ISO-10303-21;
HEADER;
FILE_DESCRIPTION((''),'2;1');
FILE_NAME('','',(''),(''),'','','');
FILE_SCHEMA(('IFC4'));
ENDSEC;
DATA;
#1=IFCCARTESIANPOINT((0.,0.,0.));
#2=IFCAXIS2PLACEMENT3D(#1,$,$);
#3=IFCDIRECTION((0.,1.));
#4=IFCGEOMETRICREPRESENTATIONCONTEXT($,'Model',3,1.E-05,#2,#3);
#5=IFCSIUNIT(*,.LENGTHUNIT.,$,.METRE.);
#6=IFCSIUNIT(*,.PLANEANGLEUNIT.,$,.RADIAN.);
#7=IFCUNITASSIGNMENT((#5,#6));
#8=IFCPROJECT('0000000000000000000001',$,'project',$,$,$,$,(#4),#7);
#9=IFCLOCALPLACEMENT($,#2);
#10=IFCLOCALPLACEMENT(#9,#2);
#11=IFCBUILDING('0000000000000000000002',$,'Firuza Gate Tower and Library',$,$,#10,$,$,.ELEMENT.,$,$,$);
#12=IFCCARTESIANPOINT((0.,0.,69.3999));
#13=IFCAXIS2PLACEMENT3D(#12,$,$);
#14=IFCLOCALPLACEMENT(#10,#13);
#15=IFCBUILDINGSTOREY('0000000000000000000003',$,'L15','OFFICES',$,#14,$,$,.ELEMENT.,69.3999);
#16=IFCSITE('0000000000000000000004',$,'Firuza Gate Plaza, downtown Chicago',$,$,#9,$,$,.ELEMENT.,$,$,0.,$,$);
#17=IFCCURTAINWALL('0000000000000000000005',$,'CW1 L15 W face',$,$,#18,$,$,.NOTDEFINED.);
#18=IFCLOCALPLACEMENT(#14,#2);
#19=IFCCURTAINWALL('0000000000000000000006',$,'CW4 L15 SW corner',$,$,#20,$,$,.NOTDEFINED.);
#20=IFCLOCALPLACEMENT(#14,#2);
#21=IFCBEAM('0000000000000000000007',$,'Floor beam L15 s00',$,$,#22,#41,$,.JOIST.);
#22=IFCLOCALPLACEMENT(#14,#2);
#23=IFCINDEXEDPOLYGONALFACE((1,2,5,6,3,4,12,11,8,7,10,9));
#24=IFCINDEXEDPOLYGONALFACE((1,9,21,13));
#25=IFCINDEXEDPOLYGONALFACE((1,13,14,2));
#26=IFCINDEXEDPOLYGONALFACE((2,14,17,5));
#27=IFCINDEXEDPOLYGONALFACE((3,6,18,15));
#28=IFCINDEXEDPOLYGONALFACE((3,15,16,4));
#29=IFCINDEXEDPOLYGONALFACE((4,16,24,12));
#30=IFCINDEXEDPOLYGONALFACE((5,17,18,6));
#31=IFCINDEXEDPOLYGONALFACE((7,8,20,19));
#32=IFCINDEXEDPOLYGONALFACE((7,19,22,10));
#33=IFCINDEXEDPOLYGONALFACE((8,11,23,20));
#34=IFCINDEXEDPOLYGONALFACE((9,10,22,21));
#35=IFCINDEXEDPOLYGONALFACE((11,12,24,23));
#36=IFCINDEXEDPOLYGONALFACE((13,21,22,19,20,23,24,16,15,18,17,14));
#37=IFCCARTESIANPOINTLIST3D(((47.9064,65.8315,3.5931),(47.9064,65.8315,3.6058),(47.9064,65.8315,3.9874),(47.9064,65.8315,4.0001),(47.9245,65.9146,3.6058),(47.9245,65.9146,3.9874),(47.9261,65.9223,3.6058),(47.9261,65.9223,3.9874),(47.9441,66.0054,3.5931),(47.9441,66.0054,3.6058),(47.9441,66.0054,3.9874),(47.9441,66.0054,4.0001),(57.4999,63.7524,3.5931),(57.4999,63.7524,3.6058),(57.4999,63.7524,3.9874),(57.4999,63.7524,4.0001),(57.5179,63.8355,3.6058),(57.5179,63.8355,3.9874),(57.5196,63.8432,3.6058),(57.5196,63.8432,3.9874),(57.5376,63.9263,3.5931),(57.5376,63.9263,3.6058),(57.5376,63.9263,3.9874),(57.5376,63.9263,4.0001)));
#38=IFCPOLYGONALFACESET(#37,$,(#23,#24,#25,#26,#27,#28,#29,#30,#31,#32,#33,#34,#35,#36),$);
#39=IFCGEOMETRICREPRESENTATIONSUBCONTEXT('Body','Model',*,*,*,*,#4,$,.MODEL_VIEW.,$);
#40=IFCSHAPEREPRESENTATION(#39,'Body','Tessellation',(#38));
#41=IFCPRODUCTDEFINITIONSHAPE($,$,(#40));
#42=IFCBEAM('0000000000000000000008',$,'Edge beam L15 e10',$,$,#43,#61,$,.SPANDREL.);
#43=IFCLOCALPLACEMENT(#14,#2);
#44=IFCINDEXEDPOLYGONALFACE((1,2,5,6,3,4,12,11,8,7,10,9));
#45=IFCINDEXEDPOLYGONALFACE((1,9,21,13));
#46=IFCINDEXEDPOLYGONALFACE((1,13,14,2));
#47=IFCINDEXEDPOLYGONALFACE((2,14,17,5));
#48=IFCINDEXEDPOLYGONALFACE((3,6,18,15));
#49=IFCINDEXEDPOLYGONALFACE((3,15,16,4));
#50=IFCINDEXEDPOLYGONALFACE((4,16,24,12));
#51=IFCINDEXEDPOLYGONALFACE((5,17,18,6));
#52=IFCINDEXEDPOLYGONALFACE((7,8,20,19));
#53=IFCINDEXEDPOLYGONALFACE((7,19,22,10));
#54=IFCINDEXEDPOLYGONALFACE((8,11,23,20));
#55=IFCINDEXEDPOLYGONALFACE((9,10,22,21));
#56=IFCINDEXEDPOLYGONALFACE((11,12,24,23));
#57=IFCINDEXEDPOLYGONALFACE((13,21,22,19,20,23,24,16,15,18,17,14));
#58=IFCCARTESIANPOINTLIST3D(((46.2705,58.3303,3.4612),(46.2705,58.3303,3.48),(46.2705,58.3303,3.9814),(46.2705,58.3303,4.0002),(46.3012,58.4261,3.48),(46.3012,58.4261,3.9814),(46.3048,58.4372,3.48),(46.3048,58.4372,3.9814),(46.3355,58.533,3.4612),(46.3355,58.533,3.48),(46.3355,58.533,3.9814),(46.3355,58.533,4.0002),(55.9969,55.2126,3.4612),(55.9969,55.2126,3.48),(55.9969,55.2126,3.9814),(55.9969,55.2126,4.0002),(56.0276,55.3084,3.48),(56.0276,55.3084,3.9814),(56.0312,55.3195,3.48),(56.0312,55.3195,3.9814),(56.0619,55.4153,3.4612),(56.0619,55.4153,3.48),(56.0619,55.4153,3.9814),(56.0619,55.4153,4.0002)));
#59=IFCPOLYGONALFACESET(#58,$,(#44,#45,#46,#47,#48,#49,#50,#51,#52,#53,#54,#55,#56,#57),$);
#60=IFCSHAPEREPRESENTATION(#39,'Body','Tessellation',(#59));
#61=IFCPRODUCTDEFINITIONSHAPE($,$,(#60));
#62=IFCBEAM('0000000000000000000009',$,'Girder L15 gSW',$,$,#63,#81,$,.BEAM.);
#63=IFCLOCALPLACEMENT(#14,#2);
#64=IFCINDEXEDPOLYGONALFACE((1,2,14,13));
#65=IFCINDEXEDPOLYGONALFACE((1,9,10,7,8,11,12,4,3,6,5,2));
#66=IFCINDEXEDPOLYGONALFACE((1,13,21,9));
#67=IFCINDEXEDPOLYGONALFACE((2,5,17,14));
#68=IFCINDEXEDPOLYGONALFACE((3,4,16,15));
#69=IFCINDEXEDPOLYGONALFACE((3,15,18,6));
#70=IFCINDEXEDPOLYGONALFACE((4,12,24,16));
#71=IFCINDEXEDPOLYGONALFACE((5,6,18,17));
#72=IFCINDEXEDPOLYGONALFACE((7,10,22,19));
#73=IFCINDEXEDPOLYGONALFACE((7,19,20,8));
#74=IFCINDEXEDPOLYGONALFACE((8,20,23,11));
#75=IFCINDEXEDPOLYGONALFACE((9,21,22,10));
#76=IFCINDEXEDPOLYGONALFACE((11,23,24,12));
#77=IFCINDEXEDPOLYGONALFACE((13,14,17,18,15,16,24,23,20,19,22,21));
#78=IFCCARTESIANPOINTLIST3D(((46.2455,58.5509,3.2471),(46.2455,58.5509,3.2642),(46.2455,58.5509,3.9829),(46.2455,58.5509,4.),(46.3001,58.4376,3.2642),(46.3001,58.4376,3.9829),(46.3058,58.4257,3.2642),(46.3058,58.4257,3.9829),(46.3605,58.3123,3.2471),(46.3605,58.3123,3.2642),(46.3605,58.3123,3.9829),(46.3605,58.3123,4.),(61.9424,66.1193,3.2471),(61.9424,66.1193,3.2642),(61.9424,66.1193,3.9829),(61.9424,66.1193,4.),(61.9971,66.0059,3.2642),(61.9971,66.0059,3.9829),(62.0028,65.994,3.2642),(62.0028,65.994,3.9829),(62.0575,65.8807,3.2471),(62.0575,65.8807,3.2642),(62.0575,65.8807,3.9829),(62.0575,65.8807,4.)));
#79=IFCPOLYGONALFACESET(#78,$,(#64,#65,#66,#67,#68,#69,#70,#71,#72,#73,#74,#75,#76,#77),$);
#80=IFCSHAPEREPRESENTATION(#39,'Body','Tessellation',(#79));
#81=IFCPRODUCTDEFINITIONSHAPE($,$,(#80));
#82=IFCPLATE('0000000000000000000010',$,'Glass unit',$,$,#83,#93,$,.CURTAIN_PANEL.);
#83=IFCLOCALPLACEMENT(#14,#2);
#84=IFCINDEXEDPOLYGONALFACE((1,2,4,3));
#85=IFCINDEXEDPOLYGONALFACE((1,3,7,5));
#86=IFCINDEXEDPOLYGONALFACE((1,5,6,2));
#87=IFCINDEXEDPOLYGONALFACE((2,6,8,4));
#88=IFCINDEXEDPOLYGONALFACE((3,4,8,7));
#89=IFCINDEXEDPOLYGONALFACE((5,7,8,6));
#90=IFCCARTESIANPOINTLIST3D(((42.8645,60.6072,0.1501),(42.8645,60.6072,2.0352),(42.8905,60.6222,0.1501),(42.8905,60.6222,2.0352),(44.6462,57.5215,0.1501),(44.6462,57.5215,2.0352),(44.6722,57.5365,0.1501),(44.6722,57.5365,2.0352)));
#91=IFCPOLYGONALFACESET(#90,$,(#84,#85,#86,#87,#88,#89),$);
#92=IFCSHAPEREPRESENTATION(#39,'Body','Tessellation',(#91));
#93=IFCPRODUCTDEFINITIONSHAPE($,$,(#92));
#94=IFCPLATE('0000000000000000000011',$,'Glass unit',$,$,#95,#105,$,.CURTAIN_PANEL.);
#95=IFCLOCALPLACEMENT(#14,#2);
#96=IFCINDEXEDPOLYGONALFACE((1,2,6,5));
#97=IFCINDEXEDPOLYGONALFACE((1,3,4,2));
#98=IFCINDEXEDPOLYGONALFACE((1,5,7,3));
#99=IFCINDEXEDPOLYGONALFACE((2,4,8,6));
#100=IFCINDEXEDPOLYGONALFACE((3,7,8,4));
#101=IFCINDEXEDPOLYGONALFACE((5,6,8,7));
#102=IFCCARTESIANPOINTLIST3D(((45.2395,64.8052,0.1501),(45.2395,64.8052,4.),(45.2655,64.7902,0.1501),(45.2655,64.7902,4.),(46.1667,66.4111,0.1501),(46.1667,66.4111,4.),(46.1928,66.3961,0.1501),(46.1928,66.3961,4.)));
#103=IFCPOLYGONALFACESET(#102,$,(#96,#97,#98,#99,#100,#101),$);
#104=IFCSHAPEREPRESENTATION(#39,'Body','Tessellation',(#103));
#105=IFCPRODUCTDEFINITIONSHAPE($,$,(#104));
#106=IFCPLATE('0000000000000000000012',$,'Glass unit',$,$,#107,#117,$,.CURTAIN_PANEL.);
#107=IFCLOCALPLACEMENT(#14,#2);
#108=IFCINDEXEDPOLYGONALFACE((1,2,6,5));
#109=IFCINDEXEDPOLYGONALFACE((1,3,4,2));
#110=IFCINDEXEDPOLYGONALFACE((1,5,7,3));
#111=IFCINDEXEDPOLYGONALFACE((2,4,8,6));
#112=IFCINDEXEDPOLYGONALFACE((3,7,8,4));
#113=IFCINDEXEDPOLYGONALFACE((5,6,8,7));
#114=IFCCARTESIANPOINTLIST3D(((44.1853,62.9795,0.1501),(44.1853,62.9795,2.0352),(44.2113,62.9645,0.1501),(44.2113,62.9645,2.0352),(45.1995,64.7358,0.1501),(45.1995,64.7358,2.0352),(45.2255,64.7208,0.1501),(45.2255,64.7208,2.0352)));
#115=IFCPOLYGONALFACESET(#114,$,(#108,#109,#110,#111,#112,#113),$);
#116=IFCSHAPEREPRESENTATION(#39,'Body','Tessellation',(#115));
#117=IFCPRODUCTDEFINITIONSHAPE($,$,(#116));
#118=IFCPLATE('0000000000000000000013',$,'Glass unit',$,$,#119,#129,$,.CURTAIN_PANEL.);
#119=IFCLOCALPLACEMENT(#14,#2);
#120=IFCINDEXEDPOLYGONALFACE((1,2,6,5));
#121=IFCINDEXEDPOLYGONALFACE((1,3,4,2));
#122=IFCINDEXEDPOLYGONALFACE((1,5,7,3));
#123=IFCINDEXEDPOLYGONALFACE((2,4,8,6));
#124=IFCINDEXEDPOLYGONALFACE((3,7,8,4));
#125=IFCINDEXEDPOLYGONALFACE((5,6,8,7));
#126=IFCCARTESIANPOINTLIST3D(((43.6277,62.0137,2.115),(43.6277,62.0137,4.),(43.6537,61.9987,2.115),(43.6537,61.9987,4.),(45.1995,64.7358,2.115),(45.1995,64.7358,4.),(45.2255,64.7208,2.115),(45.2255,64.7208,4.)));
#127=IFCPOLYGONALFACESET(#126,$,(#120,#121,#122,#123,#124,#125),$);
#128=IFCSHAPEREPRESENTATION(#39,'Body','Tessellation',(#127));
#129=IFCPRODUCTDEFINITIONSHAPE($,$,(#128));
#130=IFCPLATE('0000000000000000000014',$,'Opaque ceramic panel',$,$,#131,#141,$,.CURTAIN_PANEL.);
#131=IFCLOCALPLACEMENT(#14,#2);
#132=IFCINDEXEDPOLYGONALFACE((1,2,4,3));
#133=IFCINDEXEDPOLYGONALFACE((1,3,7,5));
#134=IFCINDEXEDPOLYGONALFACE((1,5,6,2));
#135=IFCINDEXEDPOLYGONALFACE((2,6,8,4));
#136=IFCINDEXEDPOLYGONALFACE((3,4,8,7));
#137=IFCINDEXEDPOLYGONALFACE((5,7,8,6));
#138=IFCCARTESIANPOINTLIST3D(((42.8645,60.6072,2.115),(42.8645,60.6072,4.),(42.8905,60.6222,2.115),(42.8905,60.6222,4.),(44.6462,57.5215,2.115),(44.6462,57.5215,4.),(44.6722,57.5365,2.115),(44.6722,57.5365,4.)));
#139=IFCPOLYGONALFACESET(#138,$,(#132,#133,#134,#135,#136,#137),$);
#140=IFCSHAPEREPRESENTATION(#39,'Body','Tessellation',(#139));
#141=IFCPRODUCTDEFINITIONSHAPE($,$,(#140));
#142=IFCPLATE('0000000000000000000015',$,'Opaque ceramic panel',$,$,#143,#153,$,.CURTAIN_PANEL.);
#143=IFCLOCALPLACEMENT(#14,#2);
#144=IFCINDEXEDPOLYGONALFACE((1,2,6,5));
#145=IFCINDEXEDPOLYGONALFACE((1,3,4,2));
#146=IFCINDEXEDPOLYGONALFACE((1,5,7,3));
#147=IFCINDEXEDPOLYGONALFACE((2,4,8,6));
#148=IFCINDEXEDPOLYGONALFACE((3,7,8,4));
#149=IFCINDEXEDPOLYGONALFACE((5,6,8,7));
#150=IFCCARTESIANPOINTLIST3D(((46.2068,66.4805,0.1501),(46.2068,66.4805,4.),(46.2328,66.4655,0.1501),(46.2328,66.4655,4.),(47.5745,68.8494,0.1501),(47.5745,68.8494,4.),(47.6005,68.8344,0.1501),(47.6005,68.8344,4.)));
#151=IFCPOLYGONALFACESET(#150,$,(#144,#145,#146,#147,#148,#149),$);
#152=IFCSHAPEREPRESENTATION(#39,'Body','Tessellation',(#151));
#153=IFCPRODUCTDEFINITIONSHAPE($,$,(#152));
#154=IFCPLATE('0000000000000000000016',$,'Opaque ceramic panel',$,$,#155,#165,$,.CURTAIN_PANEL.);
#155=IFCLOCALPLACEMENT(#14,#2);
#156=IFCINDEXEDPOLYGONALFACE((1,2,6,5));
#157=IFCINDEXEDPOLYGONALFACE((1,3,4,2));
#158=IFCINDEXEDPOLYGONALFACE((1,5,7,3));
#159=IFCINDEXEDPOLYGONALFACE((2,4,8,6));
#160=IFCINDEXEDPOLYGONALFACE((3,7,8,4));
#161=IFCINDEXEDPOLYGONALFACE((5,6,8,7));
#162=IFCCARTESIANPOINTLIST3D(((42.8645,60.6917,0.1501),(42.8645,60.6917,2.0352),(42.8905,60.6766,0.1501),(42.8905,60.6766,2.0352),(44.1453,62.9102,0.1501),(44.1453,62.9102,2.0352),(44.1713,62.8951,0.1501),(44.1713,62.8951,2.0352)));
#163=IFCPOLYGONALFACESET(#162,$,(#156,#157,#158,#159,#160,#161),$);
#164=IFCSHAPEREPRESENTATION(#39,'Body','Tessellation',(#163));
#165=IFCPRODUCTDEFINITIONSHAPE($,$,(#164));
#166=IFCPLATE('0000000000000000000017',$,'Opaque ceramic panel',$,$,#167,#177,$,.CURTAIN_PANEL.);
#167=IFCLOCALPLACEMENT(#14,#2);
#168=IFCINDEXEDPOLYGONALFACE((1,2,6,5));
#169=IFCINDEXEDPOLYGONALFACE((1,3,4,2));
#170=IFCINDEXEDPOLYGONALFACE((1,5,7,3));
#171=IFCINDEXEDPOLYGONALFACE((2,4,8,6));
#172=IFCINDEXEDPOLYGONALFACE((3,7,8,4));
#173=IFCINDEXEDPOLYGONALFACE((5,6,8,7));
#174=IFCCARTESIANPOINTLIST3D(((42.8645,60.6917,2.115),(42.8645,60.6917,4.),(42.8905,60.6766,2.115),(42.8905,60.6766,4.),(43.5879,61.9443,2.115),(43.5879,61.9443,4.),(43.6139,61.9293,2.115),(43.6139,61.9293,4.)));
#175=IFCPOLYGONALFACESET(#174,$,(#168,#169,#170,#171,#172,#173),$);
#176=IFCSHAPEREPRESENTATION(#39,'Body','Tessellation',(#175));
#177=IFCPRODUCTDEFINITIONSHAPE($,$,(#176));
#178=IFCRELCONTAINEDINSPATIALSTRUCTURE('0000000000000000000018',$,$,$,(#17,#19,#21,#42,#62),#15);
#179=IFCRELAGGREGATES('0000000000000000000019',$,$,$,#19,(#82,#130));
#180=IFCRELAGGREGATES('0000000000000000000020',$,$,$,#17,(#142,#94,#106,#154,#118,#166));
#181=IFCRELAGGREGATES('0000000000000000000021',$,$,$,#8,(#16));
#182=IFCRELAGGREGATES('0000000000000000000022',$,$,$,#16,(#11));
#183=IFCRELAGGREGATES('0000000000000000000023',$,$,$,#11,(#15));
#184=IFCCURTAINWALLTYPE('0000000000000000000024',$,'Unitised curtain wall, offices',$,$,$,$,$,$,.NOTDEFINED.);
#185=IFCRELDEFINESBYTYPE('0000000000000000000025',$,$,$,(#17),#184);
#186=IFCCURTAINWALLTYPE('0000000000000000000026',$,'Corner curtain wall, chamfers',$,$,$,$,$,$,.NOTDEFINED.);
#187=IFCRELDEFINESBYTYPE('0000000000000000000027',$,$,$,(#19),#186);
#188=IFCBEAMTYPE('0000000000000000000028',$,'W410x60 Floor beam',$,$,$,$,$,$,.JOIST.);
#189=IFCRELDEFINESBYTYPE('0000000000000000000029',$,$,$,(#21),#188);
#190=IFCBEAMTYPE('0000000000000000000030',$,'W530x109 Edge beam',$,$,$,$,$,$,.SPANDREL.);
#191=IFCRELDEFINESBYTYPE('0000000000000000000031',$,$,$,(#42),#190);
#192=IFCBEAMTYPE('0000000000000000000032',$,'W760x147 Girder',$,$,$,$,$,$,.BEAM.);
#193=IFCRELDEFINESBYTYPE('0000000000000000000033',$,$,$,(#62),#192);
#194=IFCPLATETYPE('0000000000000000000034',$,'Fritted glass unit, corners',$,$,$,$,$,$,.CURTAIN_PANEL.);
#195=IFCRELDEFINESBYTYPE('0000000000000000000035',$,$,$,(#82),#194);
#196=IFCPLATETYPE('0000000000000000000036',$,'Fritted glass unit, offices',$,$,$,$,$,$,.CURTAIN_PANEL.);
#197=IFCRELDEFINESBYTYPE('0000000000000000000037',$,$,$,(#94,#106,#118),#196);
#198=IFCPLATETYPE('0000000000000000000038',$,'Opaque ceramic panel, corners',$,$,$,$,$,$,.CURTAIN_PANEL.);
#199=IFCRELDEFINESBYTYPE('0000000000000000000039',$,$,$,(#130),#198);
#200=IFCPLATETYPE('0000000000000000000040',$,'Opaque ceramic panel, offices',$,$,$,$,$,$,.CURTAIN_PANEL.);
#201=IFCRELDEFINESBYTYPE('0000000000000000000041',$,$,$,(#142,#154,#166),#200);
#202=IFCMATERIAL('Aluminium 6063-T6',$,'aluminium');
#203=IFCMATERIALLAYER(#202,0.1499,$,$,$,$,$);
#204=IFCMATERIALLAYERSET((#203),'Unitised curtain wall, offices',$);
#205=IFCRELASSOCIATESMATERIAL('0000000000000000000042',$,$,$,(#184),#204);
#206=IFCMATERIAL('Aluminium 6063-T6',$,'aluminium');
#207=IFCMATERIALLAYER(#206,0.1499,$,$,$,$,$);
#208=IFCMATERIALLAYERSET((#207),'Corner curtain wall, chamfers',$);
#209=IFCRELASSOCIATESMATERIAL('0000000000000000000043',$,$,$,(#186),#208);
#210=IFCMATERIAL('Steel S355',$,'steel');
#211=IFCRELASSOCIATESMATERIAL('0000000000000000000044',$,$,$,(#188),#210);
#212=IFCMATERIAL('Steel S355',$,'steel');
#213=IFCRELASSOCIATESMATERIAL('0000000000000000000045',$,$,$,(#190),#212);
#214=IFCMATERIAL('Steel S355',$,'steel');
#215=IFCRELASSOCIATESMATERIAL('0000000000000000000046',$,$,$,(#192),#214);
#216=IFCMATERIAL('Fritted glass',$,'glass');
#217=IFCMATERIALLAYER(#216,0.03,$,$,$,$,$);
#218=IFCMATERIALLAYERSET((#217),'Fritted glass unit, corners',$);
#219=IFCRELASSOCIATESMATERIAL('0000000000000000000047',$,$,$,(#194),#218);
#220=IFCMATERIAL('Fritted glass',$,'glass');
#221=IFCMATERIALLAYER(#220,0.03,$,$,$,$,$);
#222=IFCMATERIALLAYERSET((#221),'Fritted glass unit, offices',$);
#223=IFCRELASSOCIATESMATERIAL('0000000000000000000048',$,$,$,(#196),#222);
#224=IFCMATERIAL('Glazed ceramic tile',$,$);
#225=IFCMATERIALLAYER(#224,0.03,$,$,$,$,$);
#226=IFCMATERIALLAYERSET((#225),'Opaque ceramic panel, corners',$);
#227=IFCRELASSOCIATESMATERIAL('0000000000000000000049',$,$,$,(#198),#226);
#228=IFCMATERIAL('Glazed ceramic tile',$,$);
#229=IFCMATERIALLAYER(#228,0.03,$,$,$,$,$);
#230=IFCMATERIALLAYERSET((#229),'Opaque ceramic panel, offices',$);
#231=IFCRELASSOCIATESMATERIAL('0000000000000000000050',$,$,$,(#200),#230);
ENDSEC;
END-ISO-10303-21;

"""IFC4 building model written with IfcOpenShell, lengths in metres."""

from ifc_helpers import new_model, si_unit, direction, frame, origin, origin_2d, place, context, subcontext, project, spatial, polyline, i_section, outline, extrude, material, layer, layer_set, material_profile, profile_set, type_object, element, aggregate, save


model = new_model("IFC4")

# Units and contexts
model_context = context("Model", 3, precision=1e-05, world=origin(), true_north=direction((0.0, 1.0)))
body_context = subcontext(model_context, "Body", "Model", "MODEL_VIEW")
ifc_project = project(units=[si_unit("LENGTHUNIT", "METRE"), si_unit("PLANEANGLEUNIT", "RADIAN")], contexts=[model_context])

# Site, building, storey
site_placement = place(None, origin())
site = spatial("IfcSite", under=ifc_project, at=site_placement, Name="Firuza Gate Plaza, downtown Chicago", CompositionType="ELEMENT", RefElevation=0.0)
building_placement = place(site_placement, origin())
building = spatial("IfcBuilding", under=site, at=building_placement, Name="Firuza Gate Tower and Library", CompositionType="ELEMENT")
storey_placement = place(building_placement, frame((0.0, 0.0, 69.3999)))
storey = spatial("IfcBuildingStorey", under=building, at=storey_placement, Name="L15", Description="OFFICES", CompositionType="ELEMENT", Elevation=69.3999)

# Curtain walls
ifc_material_1 = material(Name="Aluminium 6063-T6", Category="aluminium")
ifc_layer_1 = layer(ifc_material_1, 0.1499)
ifc_layer_set_1 = layer_set([ifc_layer_1], Name="Unitised curtain wall, offices")
curtain_wall_type_1 = type_object("IfcCurtainWallType", Name="Unitised curtain wall, offices", PredefinedType="NOTDEFINED", material=ifc_layer_set_1)
placement = place(storey_placement, origin())
curtain_wall_1 = element("IfcCurtainWall", 1, at=placement, inside=storey, type_object=curtain_wall_type_1, Name="CW1 L15 W face", PredefinedType="NOTDEFINED")
ifc_material_2 = material(Name="Aluminium 6063-T6", Category="aluminium")
ifc_layer_2 = layer(ifc_material_2, 0.1499)
ifc_layer_set_2 = layer_set([ifc_layer_2], Name="Corner curtain wall, chamfers")
curtain_wall_type_2 = type_object("IfcCurtainWallType", Name="Corner curtain wall, chamfers", PredefinedType="NOTDEFINED", material=ifc_layer_set_2)
curtain_wall_2 = element("IfcCurtainWall", 2, at=placement, inside=storey, type_object=curtain_wall_type_2, Name="CW4 L15 SW corner", PredefinedType="NOTDEFINED")

# Beams
ifc_material_3 = material(Name="Steel S355", Category="steel")
ifc_material_profile_1 = material_profile(ifc_material_3, i_section(OverallWidth=0.178, OverallDepth=0.407, WebThickness=0.0078, FlangeThickness=0.0127, at=origin_2d()))
ifc_profile_set_1 = profile_set([ifc_material_profile_1], Name="Steel S355")
beam_type_1 = type_object("IfcBeamType", Name="W410x60 Floor beam", PredefinedType="JOIST", material=ifc_profile_set_1)
beam_1_placement = place(storey_placement, frame((47.9253, 65.9185, 3.7966), z_axis=(0.977312, -0.211803, 0.0), x_axis=(0.211803, 0.977312, 0.0)))
element("IfcBeam", 3, at=beam_1_placement, inside=storey, type_object=beam_type_1, Name="Floor beam L15 s00", PredefinedType="JOIST", context=body_context, shape_type="SweptSolid", body=[
    extrude(i_section(OverallWidth=0.178, OverallDepth=0.407, WebThickness=0.0078, FlangeThickness=0.0127, at=origin_2d()), origin(), (0.0, 0.0, 1.0), 9.8162),
])
ifc_material_4 = material(Name="Steel S355", Category="steel")
ifc_material_profile_2 = material_profile(ifc_material_4, i_section(OverallWidth=0.2129, OverallDepth=0.5391, WebThickness=0.0117, FlangeThickness=0.0188, at=origin_2d()))
ifc_profile_set_2 = profile_set([ifc_material_profile_2], Name="Steel S355")
beam_type_2 = type_object("IfcBeamType", Name="W530x109 Edge beam", PredefinedType="SPANDREL", material=ifc_profile_set_2)
beam_2_placement = place(storey_placement, frame((46.303, 58.4316, 3.7307), z_axis=(0.952275, -0.305242, 0.0), x_axis=(0.305242, 0.952275, 0.0)))
element("IfcBeam", 4, at=beam_2_placement, inside=storey, type_object=beam_type_2, Name="Edge beam L15 e10", PredefinedType="SPANDREL", context=body_context, shape_type="SweptSolid", body=[
    extrude(i_section(OverallWidth=0.2129, OverallDepth=0.5391, WebThickness=0.0117, FlangeThickness=0.0188, at=origin_2d()), origin(), (0.0, 0.0, 1.0), 10.2139),
])
ifc_material_5 = material(Name="Steel S355", Category="steel")
ifc_material_profile_3 = material_profile(ifc_material_5, i_section(OverallWidth=0.2649, OverallDepth=0.7529, WebThickness=0.0132, FlangeThickness=0.0171, at=origin_2d()))
ifc_profile_set_3 = profile_set([ifc_material_profile_3], Name="Steel S355")
beam_type_3 = type_object("IfcBeamType", Name="W760x147 Girder", PredefinedType="BEAM", material=ifc_profile_set_3)
beam_3_placement = place(storey_placement, frame((46.303, 58.4316, 3.6235), z_axis=(0.900765, 0.434306, 0.0), x_axis=(-0.434306, 0.900765, 0.0)))
element("IfcBeam", 5, at=beam_3_placement, inside=storey, type_object=beam_type_3, Name="Girder L15 gSW", PredefinedType="BEAM", context=body_context, shape_type="SweptSolid", body=[
    extrude(i_section(OverallWidth=0.2649, OverallDepth=0.7529, WebThickness=0.0132, FlangeThickness=0.0171, at=origin_2d()), origin(), (0.0, 0.0, 1.0), 17.4263),
])

# Plates
ifc_material_6 = material(Name="Fritted glass", Category="glass")
ifc_layer_3 = layer(ifc_material_6, 0.03)
ifc_layer_set_3 = layer_set([ifc_layer_3], Name="Fritted glass unit, corners")
plate_type_1 = type_object("IfcPlateType", Name="Fritted glass unit, corners", PredefinedType="CURTAIN_PANEL", material=ifc_layer_set_3)
plate_1_placement = place(storey_placement, frame((42.8645, 60.6072, 0.1501), z_axis=(-0.866, -0.500045, 0.0), x_axis=(0.500045, -0.866, 0.0)))
plate_1 = element("IfcPlate", 6, at=plate_1_placement, type_object=plate_type_1, Name="Glass unit", PredefinedType="CURTAIN_PANEL", context=body_context, shape_type="SweptSolid", body=[
    extrude(outline(polyline([(0.0, 0.0), (3.5632, 0.0), (3.5632, 1.885), (0.0, 1.885), (0.0, 0.0)])), origin(), (0.0, 0.0, -1.0), 0.03),
])
ifc_material_7 = material(Name="Fritted glass", Category="glass")
ifc_layer_4 = layer(ifc_material_7, 0.03)
ifc_layer_set_4 = layer_set([ifc_layer_4], Name="Fritted glass unit, offices")
plate_type_2 = type_object("IfcPlateType", Name="Fritted glass unit, offices", PredefinedType="CURTAIN_PANEL", material=ifc_layer_set_4)
plate_2_placement = place(storey_placement, frame((46.1667, 66.4111, 0.1501), z_axis=(-0.866015, 0.500019, 0.0), x_axis=(-0.500019, -0.866015, 0.0)))
plate_2 = element("IfcPlate", 7, at=plate_2_placement, type_object=plate_type_2, Name="Glass unit", PredefinedType="CURTAIN_PANEL", context=body_context, shape_type="SweptSolid", body=[
    extrude(outline(polyline([(0.0, 0.0), (1.8544, 0.0), (1.8544, 3.8499), (0.0, 3.8499), (0.0, 0.0)])), origin(), (0.0, 0.0, -1.0), 0.03),
])
plate_3_placement = place(storey_placement, frame((45.1995, 64.7358, 0.1501), z_axis=(-0.865997, 0.500049, 0.0), x_axis=(-0.500049, -0.865997, 0.0)))
plate_3 = element("IfcPlate", 8, at=plate_3_placement, type_object=plate_type_2, Name="Glass unit", PredefinedType="CURTAIN_PANEL", context=body_context, shape_type="SweptSolid", body=[
    extrude(outline(polyline([(0.0, 0.0), (2.0281, 0.0), (2.0281, 1.885), (0.0, 1.885), (0.0, 0.0)])), origin(), (0.0, 0.0, -1.0), 0.03),
])
plate_4_placement = place(storey_placement, frame((45.1995, 64.7358, 2.115), z_axis=(-0.866007, 0.500032, 0.0), x_axis=(-0.500032, -0.866007, 0.0)))
plate_4 = element("IfcPlate", 9, at=plate_4_placement, type_object=plate_type_2, Name="Glass unit", PredefinedType="CURTAIN_PANEL", context=body_context, shape_type="SweptSolid", body=[
    extrude(outline(polyline([(0.0, 0.0), (3.1434, 0.0), (3.1434, 1.885), (0.0, 1.885), (0.0, 0.0)])), origin(), (0.0, 0.0, -1.0), 0.03),
])
ifc_material_8 = material(Name="Glazed ceramic tile")
ifc_layer_5 = layer(ifc_material_8, 0.03)
ifc_layer_set_5 = layer_set([ifc_layer_5], Name="Opaque ceramic panel, corners")
plate_type_3 = type_object("IfcPlateType", Name="Opaque ceramic panel, corners", PredefinedType="CURTAIN_PANEL", material=ifc_layer_set_5)
plate_5_placement = place(storey_placement, frame((42.8645, 60.6072, 2.115), z_axis=(-0.866, -0.500045, 0.0), x_axis=(0.500045, -0.866, 0.0)))
plate_5 = element("IfcPlate", 10, at=plate_5_placement, type_object=plate_type_3, Name="Opaque ceramic panel", PredefinedType="CURTAIN_PANEL", context=body_context, shape_type="SweptSolid", body=[
    extrude(outline(polyline([(0.0, 0.0), (3.5632, 0.0), (3.5632, 1.885), (0.0, 1.885), (0.0, 0.0)])), origin(), (0.0, 0.0, -1.0), 0.03),
])
aggregate(curtain_wall_2, [plate_1, plate_5])
ifc_material_9 = material(Name="Glazed ceramic tile")
ifc_layer_6 = layer(ifc_material_9, 0.03)
ifc_layer_set_6 = layer_set([ifc_layer_6], Name="Opaque ceramic panel, offices")
plate_type_4 = type_object("IfcPlateType", Name="Opaque ceramic panel, offices", PredefinedType="CURTAIN_PANEL", material=ifc_layer_set_6)
plate_6_placement = place(storey_placement, frame((47.5745, 68.8494, 0.1501), z_axis=(-0.866027, 0.499998, 0.0), x_axis=(-0.499998, -0.866027, 0.0)))
plate_6 = element("IfcPlate", 11, at=plate_6_placement, type_object=plate_type_4, Name="Opaque ceramic panel", PredefinedType="CURTAIN_PANEL", context=body_context, shape_type="SweptSolid", body=[
    extrude(outline(polyline([(0.0, 0.0), (2.7354, 0.0), (2.7354, 3.8499), (0.0, 3.8499), (0.0, 0.0)])), origin(), (0.0, 0.0, -1.0), 0.03),
])
plate_7_placement = place(storey_placement, frame((44.1453, 62.9102, 0.1501), z_axis=(-0.866041, 0.499973, 0.0), x_axis=(-0.499973, -0.866041, 0.0)))
plate_7 = element("IfcPlate", 12, at=plate_7_placement, type_object=plate_type_4, Name="Opaque ceramic panel", PredefinedType="CURTAIN_PANEL", context=body_context, shape_type="SweptSolid", body=[
    extrude(outline(polyline([(0.0, 0.0), (2.5617, 0.0), (2.5617, 1.885), (0.0, 1.885), (0.0, 0.0)])), origin(), (0.0, 0.0, -1.0), 0.03),
])
plate_8_placement = place(storey_placement, frame((43.5879, 61.9443, 2.115), z_axis=(-0.86598, 0.500078, 0.0), x_axis=(-0.500078, -0.86598, 0.0)))
plate_8 = element("IfcPlate", 13, at=plate_8_placement, type_object=plate_type_4, Name="Opaque ceramic panel", PredefinedType="CURTAIN_PANEL", context=body_context, shape_type="SweptSolid", body=[
    extrude(outline(polyline([(0.0, 0.0), (1.4466, 0.0), (1.4466, 1.885), (0.0, 1.885), (0.0, 0.0)])), origin(), (0.0, 0.0, -1.0), 0.03),
])
aggregate(curtain_wall_1, [plate_6, plate_2, plate_3, plate_7, plate_4, plate_8])

save(model, "model.ifc")
